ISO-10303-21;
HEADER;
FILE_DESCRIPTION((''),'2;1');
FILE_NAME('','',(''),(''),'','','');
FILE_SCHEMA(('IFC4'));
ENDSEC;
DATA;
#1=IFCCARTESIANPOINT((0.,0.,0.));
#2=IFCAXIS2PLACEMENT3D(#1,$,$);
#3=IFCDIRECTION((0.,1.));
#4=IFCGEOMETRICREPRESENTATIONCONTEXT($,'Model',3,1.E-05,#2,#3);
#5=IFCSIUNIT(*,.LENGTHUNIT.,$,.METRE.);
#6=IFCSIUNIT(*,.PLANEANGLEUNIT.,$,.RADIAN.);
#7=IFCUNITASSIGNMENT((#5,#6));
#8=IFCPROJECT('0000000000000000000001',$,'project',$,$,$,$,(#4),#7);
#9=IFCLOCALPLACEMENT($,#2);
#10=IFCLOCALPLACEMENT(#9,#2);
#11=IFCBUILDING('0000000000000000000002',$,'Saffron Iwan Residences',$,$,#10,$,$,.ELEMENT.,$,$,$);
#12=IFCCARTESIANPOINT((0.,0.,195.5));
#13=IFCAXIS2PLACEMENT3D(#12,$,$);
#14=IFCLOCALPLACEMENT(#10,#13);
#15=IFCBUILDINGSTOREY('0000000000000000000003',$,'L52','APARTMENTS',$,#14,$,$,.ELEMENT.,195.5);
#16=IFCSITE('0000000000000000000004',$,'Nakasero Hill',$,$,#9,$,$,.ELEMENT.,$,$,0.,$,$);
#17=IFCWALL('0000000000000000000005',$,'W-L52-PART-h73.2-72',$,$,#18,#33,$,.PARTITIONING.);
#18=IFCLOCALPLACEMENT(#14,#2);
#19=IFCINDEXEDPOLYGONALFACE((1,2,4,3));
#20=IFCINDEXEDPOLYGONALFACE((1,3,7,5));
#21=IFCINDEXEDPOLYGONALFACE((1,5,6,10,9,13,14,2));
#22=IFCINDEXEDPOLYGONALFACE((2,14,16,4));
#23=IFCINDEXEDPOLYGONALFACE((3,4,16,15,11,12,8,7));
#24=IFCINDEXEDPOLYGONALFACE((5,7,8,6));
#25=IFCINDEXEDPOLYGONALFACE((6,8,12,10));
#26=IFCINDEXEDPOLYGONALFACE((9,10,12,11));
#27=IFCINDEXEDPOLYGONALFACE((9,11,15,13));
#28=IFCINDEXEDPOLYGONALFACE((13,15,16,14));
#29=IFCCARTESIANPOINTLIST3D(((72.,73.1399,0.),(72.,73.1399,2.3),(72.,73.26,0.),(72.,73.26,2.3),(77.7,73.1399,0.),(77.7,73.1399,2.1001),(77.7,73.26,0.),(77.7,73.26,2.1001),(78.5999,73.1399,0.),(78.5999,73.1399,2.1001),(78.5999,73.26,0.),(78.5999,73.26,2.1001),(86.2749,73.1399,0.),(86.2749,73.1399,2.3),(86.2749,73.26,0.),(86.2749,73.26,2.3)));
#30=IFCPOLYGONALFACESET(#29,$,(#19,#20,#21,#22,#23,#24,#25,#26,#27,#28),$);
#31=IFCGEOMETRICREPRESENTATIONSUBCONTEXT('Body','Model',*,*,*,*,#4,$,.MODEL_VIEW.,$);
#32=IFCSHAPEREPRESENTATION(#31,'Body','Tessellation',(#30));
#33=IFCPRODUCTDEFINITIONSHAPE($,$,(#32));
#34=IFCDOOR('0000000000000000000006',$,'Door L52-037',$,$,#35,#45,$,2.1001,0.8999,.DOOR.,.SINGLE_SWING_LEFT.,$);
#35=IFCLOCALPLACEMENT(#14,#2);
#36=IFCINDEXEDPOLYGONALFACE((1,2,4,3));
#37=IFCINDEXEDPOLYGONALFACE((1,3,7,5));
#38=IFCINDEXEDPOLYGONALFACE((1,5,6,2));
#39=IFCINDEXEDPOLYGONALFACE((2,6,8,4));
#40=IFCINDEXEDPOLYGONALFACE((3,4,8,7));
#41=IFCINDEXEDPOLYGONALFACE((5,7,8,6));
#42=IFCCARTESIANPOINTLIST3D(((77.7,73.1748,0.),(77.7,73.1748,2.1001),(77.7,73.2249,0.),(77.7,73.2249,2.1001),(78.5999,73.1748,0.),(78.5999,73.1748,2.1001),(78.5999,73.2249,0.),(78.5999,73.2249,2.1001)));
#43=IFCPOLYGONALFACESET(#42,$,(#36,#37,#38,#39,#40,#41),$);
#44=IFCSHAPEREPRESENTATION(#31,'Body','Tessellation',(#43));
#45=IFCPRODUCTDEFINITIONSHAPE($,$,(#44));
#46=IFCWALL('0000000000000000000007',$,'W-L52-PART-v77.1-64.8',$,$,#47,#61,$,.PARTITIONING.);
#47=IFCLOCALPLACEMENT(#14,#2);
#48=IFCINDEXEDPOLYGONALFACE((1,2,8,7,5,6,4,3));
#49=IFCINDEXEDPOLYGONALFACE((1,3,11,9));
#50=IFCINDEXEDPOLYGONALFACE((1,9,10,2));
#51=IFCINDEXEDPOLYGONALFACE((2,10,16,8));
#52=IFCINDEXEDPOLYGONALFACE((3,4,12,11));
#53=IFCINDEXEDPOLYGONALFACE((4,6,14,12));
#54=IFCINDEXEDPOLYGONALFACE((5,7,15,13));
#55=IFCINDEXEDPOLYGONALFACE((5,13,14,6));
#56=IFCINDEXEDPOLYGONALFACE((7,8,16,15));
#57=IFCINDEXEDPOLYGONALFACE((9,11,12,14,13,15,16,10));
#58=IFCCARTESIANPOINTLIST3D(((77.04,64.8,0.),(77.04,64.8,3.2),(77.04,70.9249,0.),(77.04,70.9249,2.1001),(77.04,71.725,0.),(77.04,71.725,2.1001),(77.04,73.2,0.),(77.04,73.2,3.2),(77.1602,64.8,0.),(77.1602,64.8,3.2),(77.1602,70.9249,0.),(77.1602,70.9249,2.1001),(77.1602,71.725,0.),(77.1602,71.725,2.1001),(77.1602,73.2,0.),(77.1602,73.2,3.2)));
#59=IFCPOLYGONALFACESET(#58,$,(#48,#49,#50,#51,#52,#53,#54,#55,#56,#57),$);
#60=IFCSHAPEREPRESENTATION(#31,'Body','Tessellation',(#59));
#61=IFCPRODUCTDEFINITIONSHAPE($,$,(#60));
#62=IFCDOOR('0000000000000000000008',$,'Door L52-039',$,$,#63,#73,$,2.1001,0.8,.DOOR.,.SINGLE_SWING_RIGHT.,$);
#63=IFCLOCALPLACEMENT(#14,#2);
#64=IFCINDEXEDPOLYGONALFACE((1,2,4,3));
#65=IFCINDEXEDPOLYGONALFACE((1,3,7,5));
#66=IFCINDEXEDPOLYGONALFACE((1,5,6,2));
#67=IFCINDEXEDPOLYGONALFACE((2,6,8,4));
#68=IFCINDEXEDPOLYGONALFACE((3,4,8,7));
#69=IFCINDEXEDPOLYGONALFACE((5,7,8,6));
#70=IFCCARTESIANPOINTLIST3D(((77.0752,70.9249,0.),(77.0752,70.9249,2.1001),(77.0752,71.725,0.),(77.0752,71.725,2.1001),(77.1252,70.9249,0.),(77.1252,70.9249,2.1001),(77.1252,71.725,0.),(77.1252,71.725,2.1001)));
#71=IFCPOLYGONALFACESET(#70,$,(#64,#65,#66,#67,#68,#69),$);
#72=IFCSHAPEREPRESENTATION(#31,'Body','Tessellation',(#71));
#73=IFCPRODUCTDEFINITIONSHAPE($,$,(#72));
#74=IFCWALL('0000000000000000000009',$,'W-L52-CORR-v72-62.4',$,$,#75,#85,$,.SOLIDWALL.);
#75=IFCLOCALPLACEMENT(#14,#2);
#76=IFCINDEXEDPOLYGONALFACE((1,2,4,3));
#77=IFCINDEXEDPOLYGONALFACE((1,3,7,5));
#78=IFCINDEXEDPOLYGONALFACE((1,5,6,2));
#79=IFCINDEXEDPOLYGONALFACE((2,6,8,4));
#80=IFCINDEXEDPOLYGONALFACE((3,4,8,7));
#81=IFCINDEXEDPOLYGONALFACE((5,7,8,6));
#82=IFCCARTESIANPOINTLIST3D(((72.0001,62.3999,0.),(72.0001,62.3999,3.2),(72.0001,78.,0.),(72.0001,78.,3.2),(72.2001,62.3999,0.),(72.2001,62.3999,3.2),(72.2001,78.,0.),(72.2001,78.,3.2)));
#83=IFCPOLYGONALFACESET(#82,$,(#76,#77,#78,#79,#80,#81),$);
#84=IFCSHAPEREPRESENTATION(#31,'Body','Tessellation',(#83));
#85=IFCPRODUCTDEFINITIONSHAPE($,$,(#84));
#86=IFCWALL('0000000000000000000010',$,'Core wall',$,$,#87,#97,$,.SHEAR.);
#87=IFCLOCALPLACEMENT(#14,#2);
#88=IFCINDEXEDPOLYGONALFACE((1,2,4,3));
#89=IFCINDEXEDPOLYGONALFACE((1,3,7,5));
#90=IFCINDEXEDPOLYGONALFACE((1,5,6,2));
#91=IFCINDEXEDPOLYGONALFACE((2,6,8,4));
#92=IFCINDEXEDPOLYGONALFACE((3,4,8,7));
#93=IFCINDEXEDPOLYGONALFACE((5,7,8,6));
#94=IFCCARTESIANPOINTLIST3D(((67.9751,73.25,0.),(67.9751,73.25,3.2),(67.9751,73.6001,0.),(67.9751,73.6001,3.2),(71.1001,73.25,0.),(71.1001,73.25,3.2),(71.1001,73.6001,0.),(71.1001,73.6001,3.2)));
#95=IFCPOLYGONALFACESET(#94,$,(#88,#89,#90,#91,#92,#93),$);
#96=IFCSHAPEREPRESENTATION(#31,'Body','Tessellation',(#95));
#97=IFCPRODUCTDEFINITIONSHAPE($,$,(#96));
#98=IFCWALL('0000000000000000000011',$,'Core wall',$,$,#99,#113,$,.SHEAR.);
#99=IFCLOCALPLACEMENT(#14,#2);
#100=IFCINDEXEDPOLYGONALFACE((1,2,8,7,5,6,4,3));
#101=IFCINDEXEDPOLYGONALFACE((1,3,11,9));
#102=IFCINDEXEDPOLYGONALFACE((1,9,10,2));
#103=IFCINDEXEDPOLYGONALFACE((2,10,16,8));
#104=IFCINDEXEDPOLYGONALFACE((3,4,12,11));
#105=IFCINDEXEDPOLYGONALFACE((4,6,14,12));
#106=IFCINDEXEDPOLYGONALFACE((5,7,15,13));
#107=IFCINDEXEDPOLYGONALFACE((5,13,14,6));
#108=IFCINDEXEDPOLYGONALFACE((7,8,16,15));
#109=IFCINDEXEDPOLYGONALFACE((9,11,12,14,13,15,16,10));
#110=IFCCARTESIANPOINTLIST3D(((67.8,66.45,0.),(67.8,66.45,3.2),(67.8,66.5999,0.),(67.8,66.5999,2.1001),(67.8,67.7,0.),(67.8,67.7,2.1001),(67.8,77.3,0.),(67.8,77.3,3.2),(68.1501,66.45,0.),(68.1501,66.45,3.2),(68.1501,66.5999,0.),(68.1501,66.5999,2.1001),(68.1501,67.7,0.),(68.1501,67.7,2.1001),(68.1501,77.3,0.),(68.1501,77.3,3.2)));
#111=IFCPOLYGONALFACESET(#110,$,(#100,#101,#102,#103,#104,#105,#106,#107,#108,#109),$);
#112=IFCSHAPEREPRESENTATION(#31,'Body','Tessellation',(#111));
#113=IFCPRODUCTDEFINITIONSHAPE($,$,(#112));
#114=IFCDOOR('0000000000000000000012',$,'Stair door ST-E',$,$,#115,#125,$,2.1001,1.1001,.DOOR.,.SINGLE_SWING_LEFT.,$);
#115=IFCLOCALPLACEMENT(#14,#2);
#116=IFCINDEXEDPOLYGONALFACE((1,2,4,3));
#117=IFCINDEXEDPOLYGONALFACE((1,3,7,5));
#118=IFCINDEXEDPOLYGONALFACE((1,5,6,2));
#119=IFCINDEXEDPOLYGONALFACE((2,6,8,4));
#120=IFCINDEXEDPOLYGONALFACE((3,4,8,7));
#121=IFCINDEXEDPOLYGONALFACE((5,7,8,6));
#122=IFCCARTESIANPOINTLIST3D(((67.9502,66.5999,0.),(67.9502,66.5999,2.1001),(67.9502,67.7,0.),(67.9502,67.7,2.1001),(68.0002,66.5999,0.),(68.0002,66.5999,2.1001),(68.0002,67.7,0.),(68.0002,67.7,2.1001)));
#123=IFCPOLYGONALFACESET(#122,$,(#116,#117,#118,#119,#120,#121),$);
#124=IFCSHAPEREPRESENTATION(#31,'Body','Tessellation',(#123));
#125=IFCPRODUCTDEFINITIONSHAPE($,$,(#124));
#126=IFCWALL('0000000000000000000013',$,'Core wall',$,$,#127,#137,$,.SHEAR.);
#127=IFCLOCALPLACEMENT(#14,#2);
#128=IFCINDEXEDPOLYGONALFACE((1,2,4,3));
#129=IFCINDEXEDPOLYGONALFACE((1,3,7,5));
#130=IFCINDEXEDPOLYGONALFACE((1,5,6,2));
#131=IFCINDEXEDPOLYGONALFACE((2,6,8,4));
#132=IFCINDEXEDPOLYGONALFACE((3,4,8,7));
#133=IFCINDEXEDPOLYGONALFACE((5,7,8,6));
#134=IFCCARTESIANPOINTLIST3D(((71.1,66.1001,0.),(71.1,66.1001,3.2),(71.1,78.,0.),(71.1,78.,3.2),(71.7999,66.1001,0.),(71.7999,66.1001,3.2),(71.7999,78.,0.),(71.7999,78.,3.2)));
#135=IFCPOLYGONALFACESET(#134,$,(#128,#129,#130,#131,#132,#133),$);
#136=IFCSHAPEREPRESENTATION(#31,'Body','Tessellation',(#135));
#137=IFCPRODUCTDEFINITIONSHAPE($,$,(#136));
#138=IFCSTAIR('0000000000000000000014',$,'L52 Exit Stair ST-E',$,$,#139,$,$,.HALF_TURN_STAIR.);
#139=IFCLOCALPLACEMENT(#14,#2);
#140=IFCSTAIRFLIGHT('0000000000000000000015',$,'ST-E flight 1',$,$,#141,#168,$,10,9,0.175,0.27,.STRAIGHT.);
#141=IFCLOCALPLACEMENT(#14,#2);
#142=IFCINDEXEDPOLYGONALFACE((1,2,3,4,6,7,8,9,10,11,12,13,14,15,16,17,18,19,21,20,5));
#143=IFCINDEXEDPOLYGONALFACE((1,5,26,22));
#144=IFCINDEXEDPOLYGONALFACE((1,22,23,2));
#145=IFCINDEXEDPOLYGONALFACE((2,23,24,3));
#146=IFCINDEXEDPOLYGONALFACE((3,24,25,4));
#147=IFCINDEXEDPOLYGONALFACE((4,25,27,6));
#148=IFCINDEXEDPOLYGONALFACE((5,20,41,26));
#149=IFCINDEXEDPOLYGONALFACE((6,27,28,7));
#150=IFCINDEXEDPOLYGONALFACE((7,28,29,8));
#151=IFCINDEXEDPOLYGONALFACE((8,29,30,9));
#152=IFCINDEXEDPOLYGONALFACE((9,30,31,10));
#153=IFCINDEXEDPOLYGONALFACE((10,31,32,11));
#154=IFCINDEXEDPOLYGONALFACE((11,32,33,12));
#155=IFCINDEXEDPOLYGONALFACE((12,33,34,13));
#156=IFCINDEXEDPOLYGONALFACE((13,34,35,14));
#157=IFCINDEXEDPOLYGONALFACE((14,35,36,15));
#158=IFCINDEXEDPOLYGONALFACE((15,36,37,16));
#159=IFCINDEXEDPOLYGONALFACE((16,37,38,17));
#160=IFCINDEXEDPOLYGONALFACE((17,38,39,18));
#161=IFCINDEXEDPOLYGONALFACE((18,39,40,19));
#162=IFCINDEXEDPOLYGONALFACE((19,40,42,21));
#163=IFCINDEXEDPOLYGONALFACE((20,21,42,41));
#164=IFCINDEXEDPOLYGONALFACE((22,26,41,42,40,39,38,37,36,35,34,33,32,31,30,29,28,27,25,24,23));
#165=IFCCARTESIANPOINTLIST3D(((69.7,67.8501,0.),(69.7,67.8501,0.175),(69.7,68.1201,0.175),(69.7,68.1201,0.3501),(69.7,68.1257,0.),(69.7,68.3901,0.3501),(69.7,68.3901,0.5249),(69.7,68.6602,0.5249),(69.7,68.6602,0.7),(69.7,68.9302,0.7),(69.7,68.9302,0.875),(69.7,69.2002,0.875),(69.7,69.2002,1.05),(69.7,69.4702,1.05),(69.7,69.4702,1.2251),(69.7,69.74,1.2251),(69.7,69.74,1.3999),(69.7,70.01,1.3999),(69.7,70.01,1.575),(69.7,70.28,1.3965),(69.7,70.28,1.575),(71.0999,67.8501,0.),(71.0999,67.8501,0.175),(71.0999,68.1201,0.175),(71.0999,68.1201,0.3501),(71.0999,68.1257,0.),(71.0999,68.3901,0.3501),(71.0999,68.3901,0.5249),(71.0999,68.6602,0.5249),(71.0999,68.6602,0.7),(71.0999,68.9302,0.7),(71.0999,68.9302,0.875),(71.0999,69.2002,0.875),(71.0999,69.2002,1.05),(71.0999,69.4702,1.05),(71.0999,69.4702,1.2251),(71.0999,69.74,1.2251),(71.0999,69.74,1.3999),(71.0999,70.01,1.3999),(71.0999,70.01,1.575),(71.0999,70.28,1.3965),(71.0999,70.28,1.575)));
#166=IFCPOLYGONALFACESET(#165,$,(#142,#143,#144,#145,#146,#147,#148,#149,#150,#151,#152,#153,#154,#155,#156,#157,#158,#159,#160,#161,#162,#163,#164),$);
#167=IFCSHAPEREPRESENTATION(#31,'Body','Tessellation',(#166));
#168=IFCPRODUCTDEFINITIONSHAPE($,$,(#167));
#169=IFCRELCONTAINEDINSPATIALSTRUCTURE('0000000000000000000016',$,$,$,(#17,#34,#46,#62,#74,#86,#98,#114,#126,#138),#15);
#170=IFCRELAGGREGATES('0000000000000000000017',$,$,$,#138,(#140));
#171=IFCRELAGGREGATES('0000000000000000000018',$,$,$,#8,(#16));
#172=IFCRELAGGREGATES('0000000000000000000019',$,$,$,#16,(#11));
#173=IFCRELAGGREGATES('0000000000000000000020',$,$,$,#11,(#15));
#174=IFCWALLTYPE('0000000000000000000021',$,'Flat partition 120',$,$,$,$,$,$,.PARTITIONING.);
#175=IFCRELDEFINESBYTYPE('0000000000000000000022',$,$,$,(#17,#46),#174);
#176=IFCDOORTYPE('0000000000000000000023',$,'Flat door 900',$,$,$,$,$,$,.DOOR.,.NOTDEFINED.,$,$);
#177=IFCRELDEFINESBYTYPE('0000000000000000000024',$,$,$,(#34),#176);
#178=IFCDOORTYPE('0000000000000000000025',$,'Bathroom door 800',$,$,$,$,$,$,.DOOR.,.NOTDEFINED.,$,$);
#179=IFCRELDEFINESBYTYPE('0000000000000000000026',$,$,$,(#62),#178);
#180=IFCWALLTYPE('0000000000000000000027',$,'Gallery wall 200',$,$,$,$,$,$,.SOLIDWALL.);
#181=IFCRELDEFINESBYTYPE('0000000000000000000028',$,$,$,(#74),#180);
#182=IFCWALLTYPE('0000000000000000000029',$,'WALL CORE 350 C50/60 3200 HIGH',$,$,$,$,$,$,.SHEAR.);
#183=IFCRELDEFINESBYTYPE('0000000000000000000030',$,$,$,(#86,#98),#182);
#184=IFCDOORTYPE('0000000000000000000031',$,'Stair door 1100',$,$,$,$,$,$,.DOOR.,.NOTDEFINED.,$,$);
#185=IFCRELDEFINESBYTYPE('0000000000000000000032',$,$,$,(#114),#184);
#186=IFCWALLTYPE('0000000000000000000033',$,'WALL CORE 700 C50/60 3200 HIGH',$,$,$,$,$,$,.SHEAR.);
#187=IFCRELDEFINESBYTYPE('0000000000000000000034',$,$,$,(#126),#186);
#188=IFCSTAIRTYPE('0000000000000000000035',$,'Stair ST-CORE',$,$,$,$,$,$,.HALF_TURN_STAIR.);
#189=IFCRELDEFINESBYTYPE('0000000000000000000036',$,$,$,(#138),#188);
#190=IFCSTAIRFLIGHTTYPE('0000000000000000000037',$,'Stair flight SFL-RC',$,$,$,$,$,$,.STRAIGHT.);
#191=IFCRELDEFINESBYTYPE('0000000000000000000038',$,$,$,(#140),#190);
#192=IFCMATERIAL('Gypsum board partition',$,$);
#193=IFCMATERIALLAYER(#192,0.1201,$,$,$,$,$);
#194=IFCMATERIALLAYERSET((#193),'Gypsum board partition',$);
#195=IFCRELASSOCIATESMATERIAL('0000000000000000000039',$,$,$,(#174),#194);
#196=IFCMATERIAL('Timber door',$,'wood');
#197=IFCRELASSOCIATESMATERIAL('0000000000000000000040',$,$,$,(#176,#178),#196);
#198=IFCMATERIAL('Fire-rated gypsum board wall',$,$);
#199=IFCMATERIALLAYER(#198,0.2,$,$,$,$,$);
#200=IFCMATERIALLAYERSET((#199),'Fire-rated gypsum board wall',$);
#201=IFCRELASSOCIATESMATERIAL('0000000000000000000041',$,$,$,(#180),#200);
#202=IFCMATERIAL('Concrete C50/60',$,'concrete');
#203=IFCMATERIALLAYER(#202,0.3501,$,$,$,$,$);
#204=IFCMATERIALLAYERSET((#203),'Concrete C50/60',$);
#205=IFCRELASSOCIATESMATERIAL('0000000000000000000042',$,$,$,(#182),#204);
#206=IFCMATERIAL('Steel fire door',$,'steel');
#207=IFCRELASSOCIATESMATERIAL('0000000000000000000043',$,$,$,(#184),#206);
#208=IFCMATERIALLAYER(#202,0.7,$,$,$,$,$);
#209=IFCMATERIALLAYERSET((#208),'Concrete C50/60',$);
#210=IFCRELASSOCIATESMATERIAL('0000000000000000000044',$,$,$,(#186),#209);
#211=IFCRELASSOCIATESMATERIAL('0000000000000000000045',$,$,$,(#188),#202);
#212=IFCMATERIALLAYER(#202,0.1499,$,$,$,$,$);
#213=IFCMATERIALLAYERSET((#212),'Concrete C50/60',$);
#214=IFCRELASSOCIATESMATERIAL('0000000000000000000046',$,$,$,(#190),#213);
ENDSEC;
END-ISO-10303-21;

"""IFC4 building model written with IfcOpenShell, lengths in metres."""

from ifc_helpers import new_model, si_unit, direction, frame, frame_2d, origin, place, context, subcontext, project, spatial, polyline, rectangle, outline, extrude, material, layer, layer_set, type_object, element, fill, aggregate, save


model = new_model("IFC4")

# Units and contexts
model_context = context("Model", 3, precision=1e-05, world=origin(), true_north=direction((0.0, 1.0)))
body_context = subcontext(model_context, "Body", "Model", "MODEL_VIEW")
ifc_project = project(units=[si_unit("LENGTHUNIT", "METRE"), si_unit("PLANEANGLEUNIT", "RADIAN")], contexts=[model_context])

# Site, building, storey
site_placement = place(None, origin())
site = spatial("IfcSite", under=ifc_project, at=site_placement, Name="Nakasero Hill", CompositionType="ELEMENT", RefElevation=0.0)
building_placement = place(site_placement, origin())
building = spatial("IfcBuilding", under=site, at=building_placement, Name="Saffron Iwan Residences", CompositionType="ELEMENT")
storey_placement = place(building_placement, frame((0.0, 0.0, 195.5)))
storey = spatial("IfcBuildingStorey", under=building, at=storey_placement, Name="L52", Description="APARTMENTS", CompositionType="ELEMENT", Elevation=195.5)

# Shared definitions
ifc_material_1 = material(Name="Concrete C50/60", Category="concrete")

# Shared definitions
ifc_material_2 = material(Name="Fire-rated gypsum board wall")

# Shared definitions
ifc_material_3 = material(Name="Gypsum board partition")
ifc_layer_1 = layer(ifc_material_3, 0.1201)
ifc_layer_set_1 = layer_set([ifc_layer_1], Name="Gypsum board partition")
wall_type_1 = type_object("IfcWallType", Name="Flat partition 120", PredefinedType="PARTITIONING", material=ifc_layer_set_1)
ifc_material_4 = material(Name="Timber door", Category="wood")
door_type_1 = type_object("IfcDoorType", Name="Flat door 900", OperationType="NOTDEFINED", PredefinedType="DOOR", material=ifc_material_4)
door_type_2 = type_object("IfcDoorType", Name="Bathroom door 800", OperationType="NOTDEFINED", PredefinedType="DOOR", material=ifc_material_4)

# Walls, openings, doors
wall_1_placement = place(storey_placement, frame((72.0, 73.2, 0.0), z_axis=(0.0, 0.0, 1.0), x_axis=(1.0, 0.0, 0.0)))
wall_1 = element("IfcWall", 1, at=wall_1_placement, inside=storey, type_object=wall_type_1, Name="W-L52-PART-h73.2-72", PredefinedType="PARTITIONING", context=body_context, shape_type="SweptSolid", body=[
    extrude(rectangle(XDim=14.2749, YDim=0.1201, at=frame_2d((7.1375, 0.0))), origin(), (0.0, 0.0, 1.0), 2.3),
])
opening_1_placement = place(wall_1_placement, frame((5.7, 0.0, 0.0)))
opening_1 = element("IfcOpeningElement", 2, at=opening_1_placement, cuts=wall_1, PredefinedType="OPENING", context=body_context, shape_type="SweptSolid", body=[
    extrude(rectangle(XDim=0.8999, YDim=2.1001, at=frame_2d((0.45, 1.05))), frame((0.0, 0.0701, 0.0), z_axis=(0.0, -1.0, 0.0), x_axis=(1.0, 0.0, 0.0)), (0.0, 0.0, 1.0), 0.1401),
])
door_1_placement = place(opening_1_placement, origin())
door_1 = element("IfcDoor", 3, at=door_1_placement, inside=storey, type_object=door_type_1, Name="Door L52-037", OperationType="SINGLE_SWING_LEFT", OverallHeight=2.1001, OverallWidth=0.8999, PredefinedType="DOOR", context=body_context, shape_type="SweptSolid", body=[
    extrude(rectangle(XDim=0.8999, YDim=2.1001, at=frame_2d((0.45, 1.05))), frame((0.0, 0.0249, 0.0), z_axis=(0.0, -1.0, 0.0), x_axis=(1.0, 0.0, 0.0)), (0.0, 0.0, 1.0), 0.05),
])
fill(opening_1, door_1)
wall_2_placement = place(storey_placement, frame((77.1001, 64.8, 0.0), z_axis=(0.0, 0.0, 1.0), x_axis=(0.0, 1.0, 0.0)))
wall_2 = element("IfcWall", 4, at=wall_2_placement, inside=storey, type_object=wall_type_1, Name="W-L52-PART-v77.1-64.8", PredefinedType="PARTITIONING", context=body_context, shape_type="SweptSolid", body=[
    extrude(rectangle(XDim=8.3999, YDim=0.1201, at=frame_2d((4.2, 0.0))), origin(), (0.0, 0.0, 1.0), 3.2),
])
opening_2_placement = place(wall_2_placement, frame((6.125, 0.0, 0.0)))
opening_2 = element("IfcOpeningElement", 5, at=opening_2_placement, cuts=wall_2, PredefinedType="OPENING", context=body_context, shape_type="SweptSolid", body=[
    extrude(rectangle(XDim=0.8, YDim=2.1001, at=frame_2d((0.3999, 1.05))), frame((0.0, 0.0701, 0.0), z_axis=(0.0, -1.0, 0.0), x_axis=(1.0, 0.0, 0.0)), (0.0, 0.0, 1.0), 0.1401),
])
door_2_placement = place(opening_2_placement, origin())
door_2 = element("IfcDoor", 6, at=door_2_placement, inside=storey, type_object=door_type_2, Name="Door L52-039", OperationType="SINGLE_SWING_RIGHT", OverallHeight=2.1001, OverallWidth=0.8, PredefinedType="DOOR", context=body_context, shape_type="SweptSolid", body=[
    extrude(rectangle(XDim=0.8, YDim=2.1001, at=frame_2d((0.3999, 1.05))), frame((0.0, 0.0249, 0.0), z_axis=(0.0, -1.0, 0.0), x_axis=(1.0, 0.0, 0.0)), (0.0, 0.0, 1.0), 0.05),
])
fill(opening_2, door_2)

# Walls
ifc_layer_2 = layer(ifc_material_2, 0.2)
ifc_layer_set_2 = layer_set([ifc_layer_2], Name="Fire-rated gypsum board wall")
wall_type_2 = type_object("IfcWallType", Name="Gallery wall 200", PredefinedType="SOLIDWALL", material=ifc_layer_set_2)
wall_3_placement = place(storey_placement, frame((72.1001, 62.3999, 0.0), z_axis=(0.0, 0.0, 1.0), x_axis=(0.0, 1.0, 0.0)))
element("IfcWall", 7, at=wall_3_placement, inside=storey, type_object=wall_type_2, Name="W-L52-CORR-v72-62.4", PredefinedType="SOLIDWALL", context=body_context, shape_type="SweptSolid", body=[
    extrude(rectangle(XDim=15.6001, YDim=0.2, at=frame_2d((7.8, 0.0))), origin(), (0.0, 0.0, 1.0), 3.2),
])
ifc_layer_3 = layer(ifc_material_1, 0.3501)
ifc_layer_set_3 = layer_set([ifc_layer_3], Name="Concrete C50/60")
wall_type_3 = type_object("IfcWallType", Name="WALL CORE 350 C50/60 3200 HIGH", PredefinedType="SHEAR", material=ifc_layer_set_3)
wall_4_placement = place(storey_placement, frame((67.9751, 73.425, 0.0), z_axis=(0.0, 0.0, 1.0), x_axis=(1.0, 0.0, 0.0)))
element("IfcWall", 8, at=wall_4_placement, inside=storey, type_object=wall_type_3, Name="Core wall", PredefinedType="SHEAR", context=body_context, shape_type="SweptSolid", body=[
    extrude(rectangle(XDim=3.125, YDim=0.3501, at=frame_2d((1.5625, 0.0))), origin(), (0.0, 0.0, 1.0), 3.2),
])

# Wall, opening, door
wall_5_placement = place(storey_placement, frame((67.9751, 66.45, 0.0), z_axis=(0.0, 0.0, 1.0), x_axis=(0.0, 1.0, 0.0)))
wall_5 = element("IfcWall", 9, at=wall_5_placement, inside=storey, type_object=wall_type_3, Name="Core wall", PredefinedType="SHEAR", context=body_context, shape_type="SweptSolid", body=[
    extrude(rectangle(XDim=10.8501, YDim=0.3501, at=frame_2d((5.425, 0.0))), origin(), (0.0, 0.0, 1.0), 3.2),
])
opening_3_placement = place(wall_5_placement, frame((0.1499, 0.0, 0.0)))
opening_3 = element("IfcOpeningElement", 10, at=opening_3_placement, cuts=wall_5, PredefinedType="OPENING", context=body_context, shape_type="SweptSolid", body=[
    extrude(rectangle(XDim=1.1001, YDim=2.1001, at=frame_2d((0.55, 1.05))), frame((0.0, 0.1851, 0.0), z_axis=(0.0, -1.0, 0.0), x_axis=(1.0, 0.0, 0.0)), (0.0, 0.0, 1.0), 0.3701),
])
ifc_material_5 = material(Name="Steel fire door", Category="steel")
door_type_3 = type_object("IfcDoorType", Name="Stair door 1100", OperationType="NOTDEFINED", PredefinedType="DOOR", material=ifc_material_5)
door_3_placement = place(opening_3_placement, origin())
door_3 = element("IfcDoor", 11, at=door_3_placement, inside=storey, type_object=door_type_3, Name="Stair door ST-E", OperationType="SINGLE_SWING_LEFT", OverallHeight=2.1001, OverallWidth=1.1001, PredefinedType="DOOR", context=body_context, shape_type="SweptSolid", body=[
    extrude(rectangle(XDim=1.1001, YDim=2.1001, at=frame_2d((0.55, 1.05))), frame((0.0, 0.0249, 0.0), z_axis=(0.0, -1.0, 0.0), x_axis=(1.0, 0.0, 0.0)), (0.0, 0.0, 1.0), 0.05),
])
fill(opening_3, door_3)

# Wall
ifc_layer_4 = layer(ifc_material_1, 0.7)
ifc_layer_set_4 = layer_set([ifc_layer_4], Name="Concrete C50/60")
wall_type_4 = type_object("IfcWallType", Name="WALL CORE 700 C50/60 3200 HIGH", PredefinedType="SHEAR", material=ifc_layer_set_4)
wall_6_placement = place(storey_placement, frame((71.45, 66.1001, 0.0), z_axis=(0.0, 0.0, 1.0), x_axis=(0.0, 1.0, 0.0)))
element("IfcWall", 12, at=wall_6_placement, inside=storey, type_object=wall_type_4, Name="Core wall", PredefinedType="SHEAR", context=body_context, shape_type="SweptSolid", body=[
    extrude(rectangle(XDim=11.8999, YDim=0.7, at=frame_2d((5.95, 0.0))), origin(), (0.0, 0.0, 1.0), 3.2),
])

# Stair, stair flight
stair_type = type_object("IfcStairType", Name="Stair ST-CORE", PredefinedType="HALF_TURN_STAIR", material=ifc_material_1)
stair_placement = place(storey_placement, origin())
stair = element("IfcStair", 13, at=stair_placement, inside=storey, type_object=stair_type, Name="L52 Exit Stair ST-E", PredefinedType="HALF_TURN_STAIR")
ifc_layer_5 = layer(ifc_material_1, 0.1499)
ifc_layer_set_5 = layer_set([ifc_layer_5], Name="Concrete C50/60")
stair_flight_type = type_object("IfcStairFlightType", Name="Stair flight SFL-RC", PredefinedType="STRAIGHT", material=ifc_layer_set_5)
stair_flight_1_placement = place(storey_placement, frame((70.3999, 67.8501, 0.0), z_axis=(0.0, 0.0, 1.0), x_axis=(0.0, 1.0, 0.0)))
stair_flight_1 = element("IfcStairFlight", 14, at=stair_flight_1_placement, type_object=stair_flight_type, Name="ST-E flight 1", NumberOfRisers=10, NumberOfTreads=9, PredefinedType="STRAIGHT", RiserHeight=0.175, TreadLength=0.27, context=body_context, shape_type="SweptSolid", body=[
    extrude(outline(polyline([(0.0, 0.0), (0.0, 0.175), (0.27, 0.175), (0.27, 0.3501), (0.54, 0.3501), (0.54, 0.5249), (0.8101, 0.5249), (0.8101, 0.7), (1.0801, 0.7), (1.0801, 0.875), (1.3501, 0.875), (1.3501, 1.05), (1.6201, 1.05), (1.6201, 1.2251), (1.8899, 1.2251), (1.8899, 1.3999), (2.1599, 1.3999), (2.1599, 1.575), (2.4299, 1.575), (2.4299, 1.75), (2.4299, 1.3965), (0.2756, 0.0), (0.0, 0.0)])), frame((0.0, 0.7, 0.0), z_axis=(0.0, -1.0, 0.0), x_axis=(1.0, 0.0, 0.0)), (0.0, 0.0, 1.0), 1.3999),
])
aggregate(stair, [stair_flight_1])

save(model, "model.ifc")
